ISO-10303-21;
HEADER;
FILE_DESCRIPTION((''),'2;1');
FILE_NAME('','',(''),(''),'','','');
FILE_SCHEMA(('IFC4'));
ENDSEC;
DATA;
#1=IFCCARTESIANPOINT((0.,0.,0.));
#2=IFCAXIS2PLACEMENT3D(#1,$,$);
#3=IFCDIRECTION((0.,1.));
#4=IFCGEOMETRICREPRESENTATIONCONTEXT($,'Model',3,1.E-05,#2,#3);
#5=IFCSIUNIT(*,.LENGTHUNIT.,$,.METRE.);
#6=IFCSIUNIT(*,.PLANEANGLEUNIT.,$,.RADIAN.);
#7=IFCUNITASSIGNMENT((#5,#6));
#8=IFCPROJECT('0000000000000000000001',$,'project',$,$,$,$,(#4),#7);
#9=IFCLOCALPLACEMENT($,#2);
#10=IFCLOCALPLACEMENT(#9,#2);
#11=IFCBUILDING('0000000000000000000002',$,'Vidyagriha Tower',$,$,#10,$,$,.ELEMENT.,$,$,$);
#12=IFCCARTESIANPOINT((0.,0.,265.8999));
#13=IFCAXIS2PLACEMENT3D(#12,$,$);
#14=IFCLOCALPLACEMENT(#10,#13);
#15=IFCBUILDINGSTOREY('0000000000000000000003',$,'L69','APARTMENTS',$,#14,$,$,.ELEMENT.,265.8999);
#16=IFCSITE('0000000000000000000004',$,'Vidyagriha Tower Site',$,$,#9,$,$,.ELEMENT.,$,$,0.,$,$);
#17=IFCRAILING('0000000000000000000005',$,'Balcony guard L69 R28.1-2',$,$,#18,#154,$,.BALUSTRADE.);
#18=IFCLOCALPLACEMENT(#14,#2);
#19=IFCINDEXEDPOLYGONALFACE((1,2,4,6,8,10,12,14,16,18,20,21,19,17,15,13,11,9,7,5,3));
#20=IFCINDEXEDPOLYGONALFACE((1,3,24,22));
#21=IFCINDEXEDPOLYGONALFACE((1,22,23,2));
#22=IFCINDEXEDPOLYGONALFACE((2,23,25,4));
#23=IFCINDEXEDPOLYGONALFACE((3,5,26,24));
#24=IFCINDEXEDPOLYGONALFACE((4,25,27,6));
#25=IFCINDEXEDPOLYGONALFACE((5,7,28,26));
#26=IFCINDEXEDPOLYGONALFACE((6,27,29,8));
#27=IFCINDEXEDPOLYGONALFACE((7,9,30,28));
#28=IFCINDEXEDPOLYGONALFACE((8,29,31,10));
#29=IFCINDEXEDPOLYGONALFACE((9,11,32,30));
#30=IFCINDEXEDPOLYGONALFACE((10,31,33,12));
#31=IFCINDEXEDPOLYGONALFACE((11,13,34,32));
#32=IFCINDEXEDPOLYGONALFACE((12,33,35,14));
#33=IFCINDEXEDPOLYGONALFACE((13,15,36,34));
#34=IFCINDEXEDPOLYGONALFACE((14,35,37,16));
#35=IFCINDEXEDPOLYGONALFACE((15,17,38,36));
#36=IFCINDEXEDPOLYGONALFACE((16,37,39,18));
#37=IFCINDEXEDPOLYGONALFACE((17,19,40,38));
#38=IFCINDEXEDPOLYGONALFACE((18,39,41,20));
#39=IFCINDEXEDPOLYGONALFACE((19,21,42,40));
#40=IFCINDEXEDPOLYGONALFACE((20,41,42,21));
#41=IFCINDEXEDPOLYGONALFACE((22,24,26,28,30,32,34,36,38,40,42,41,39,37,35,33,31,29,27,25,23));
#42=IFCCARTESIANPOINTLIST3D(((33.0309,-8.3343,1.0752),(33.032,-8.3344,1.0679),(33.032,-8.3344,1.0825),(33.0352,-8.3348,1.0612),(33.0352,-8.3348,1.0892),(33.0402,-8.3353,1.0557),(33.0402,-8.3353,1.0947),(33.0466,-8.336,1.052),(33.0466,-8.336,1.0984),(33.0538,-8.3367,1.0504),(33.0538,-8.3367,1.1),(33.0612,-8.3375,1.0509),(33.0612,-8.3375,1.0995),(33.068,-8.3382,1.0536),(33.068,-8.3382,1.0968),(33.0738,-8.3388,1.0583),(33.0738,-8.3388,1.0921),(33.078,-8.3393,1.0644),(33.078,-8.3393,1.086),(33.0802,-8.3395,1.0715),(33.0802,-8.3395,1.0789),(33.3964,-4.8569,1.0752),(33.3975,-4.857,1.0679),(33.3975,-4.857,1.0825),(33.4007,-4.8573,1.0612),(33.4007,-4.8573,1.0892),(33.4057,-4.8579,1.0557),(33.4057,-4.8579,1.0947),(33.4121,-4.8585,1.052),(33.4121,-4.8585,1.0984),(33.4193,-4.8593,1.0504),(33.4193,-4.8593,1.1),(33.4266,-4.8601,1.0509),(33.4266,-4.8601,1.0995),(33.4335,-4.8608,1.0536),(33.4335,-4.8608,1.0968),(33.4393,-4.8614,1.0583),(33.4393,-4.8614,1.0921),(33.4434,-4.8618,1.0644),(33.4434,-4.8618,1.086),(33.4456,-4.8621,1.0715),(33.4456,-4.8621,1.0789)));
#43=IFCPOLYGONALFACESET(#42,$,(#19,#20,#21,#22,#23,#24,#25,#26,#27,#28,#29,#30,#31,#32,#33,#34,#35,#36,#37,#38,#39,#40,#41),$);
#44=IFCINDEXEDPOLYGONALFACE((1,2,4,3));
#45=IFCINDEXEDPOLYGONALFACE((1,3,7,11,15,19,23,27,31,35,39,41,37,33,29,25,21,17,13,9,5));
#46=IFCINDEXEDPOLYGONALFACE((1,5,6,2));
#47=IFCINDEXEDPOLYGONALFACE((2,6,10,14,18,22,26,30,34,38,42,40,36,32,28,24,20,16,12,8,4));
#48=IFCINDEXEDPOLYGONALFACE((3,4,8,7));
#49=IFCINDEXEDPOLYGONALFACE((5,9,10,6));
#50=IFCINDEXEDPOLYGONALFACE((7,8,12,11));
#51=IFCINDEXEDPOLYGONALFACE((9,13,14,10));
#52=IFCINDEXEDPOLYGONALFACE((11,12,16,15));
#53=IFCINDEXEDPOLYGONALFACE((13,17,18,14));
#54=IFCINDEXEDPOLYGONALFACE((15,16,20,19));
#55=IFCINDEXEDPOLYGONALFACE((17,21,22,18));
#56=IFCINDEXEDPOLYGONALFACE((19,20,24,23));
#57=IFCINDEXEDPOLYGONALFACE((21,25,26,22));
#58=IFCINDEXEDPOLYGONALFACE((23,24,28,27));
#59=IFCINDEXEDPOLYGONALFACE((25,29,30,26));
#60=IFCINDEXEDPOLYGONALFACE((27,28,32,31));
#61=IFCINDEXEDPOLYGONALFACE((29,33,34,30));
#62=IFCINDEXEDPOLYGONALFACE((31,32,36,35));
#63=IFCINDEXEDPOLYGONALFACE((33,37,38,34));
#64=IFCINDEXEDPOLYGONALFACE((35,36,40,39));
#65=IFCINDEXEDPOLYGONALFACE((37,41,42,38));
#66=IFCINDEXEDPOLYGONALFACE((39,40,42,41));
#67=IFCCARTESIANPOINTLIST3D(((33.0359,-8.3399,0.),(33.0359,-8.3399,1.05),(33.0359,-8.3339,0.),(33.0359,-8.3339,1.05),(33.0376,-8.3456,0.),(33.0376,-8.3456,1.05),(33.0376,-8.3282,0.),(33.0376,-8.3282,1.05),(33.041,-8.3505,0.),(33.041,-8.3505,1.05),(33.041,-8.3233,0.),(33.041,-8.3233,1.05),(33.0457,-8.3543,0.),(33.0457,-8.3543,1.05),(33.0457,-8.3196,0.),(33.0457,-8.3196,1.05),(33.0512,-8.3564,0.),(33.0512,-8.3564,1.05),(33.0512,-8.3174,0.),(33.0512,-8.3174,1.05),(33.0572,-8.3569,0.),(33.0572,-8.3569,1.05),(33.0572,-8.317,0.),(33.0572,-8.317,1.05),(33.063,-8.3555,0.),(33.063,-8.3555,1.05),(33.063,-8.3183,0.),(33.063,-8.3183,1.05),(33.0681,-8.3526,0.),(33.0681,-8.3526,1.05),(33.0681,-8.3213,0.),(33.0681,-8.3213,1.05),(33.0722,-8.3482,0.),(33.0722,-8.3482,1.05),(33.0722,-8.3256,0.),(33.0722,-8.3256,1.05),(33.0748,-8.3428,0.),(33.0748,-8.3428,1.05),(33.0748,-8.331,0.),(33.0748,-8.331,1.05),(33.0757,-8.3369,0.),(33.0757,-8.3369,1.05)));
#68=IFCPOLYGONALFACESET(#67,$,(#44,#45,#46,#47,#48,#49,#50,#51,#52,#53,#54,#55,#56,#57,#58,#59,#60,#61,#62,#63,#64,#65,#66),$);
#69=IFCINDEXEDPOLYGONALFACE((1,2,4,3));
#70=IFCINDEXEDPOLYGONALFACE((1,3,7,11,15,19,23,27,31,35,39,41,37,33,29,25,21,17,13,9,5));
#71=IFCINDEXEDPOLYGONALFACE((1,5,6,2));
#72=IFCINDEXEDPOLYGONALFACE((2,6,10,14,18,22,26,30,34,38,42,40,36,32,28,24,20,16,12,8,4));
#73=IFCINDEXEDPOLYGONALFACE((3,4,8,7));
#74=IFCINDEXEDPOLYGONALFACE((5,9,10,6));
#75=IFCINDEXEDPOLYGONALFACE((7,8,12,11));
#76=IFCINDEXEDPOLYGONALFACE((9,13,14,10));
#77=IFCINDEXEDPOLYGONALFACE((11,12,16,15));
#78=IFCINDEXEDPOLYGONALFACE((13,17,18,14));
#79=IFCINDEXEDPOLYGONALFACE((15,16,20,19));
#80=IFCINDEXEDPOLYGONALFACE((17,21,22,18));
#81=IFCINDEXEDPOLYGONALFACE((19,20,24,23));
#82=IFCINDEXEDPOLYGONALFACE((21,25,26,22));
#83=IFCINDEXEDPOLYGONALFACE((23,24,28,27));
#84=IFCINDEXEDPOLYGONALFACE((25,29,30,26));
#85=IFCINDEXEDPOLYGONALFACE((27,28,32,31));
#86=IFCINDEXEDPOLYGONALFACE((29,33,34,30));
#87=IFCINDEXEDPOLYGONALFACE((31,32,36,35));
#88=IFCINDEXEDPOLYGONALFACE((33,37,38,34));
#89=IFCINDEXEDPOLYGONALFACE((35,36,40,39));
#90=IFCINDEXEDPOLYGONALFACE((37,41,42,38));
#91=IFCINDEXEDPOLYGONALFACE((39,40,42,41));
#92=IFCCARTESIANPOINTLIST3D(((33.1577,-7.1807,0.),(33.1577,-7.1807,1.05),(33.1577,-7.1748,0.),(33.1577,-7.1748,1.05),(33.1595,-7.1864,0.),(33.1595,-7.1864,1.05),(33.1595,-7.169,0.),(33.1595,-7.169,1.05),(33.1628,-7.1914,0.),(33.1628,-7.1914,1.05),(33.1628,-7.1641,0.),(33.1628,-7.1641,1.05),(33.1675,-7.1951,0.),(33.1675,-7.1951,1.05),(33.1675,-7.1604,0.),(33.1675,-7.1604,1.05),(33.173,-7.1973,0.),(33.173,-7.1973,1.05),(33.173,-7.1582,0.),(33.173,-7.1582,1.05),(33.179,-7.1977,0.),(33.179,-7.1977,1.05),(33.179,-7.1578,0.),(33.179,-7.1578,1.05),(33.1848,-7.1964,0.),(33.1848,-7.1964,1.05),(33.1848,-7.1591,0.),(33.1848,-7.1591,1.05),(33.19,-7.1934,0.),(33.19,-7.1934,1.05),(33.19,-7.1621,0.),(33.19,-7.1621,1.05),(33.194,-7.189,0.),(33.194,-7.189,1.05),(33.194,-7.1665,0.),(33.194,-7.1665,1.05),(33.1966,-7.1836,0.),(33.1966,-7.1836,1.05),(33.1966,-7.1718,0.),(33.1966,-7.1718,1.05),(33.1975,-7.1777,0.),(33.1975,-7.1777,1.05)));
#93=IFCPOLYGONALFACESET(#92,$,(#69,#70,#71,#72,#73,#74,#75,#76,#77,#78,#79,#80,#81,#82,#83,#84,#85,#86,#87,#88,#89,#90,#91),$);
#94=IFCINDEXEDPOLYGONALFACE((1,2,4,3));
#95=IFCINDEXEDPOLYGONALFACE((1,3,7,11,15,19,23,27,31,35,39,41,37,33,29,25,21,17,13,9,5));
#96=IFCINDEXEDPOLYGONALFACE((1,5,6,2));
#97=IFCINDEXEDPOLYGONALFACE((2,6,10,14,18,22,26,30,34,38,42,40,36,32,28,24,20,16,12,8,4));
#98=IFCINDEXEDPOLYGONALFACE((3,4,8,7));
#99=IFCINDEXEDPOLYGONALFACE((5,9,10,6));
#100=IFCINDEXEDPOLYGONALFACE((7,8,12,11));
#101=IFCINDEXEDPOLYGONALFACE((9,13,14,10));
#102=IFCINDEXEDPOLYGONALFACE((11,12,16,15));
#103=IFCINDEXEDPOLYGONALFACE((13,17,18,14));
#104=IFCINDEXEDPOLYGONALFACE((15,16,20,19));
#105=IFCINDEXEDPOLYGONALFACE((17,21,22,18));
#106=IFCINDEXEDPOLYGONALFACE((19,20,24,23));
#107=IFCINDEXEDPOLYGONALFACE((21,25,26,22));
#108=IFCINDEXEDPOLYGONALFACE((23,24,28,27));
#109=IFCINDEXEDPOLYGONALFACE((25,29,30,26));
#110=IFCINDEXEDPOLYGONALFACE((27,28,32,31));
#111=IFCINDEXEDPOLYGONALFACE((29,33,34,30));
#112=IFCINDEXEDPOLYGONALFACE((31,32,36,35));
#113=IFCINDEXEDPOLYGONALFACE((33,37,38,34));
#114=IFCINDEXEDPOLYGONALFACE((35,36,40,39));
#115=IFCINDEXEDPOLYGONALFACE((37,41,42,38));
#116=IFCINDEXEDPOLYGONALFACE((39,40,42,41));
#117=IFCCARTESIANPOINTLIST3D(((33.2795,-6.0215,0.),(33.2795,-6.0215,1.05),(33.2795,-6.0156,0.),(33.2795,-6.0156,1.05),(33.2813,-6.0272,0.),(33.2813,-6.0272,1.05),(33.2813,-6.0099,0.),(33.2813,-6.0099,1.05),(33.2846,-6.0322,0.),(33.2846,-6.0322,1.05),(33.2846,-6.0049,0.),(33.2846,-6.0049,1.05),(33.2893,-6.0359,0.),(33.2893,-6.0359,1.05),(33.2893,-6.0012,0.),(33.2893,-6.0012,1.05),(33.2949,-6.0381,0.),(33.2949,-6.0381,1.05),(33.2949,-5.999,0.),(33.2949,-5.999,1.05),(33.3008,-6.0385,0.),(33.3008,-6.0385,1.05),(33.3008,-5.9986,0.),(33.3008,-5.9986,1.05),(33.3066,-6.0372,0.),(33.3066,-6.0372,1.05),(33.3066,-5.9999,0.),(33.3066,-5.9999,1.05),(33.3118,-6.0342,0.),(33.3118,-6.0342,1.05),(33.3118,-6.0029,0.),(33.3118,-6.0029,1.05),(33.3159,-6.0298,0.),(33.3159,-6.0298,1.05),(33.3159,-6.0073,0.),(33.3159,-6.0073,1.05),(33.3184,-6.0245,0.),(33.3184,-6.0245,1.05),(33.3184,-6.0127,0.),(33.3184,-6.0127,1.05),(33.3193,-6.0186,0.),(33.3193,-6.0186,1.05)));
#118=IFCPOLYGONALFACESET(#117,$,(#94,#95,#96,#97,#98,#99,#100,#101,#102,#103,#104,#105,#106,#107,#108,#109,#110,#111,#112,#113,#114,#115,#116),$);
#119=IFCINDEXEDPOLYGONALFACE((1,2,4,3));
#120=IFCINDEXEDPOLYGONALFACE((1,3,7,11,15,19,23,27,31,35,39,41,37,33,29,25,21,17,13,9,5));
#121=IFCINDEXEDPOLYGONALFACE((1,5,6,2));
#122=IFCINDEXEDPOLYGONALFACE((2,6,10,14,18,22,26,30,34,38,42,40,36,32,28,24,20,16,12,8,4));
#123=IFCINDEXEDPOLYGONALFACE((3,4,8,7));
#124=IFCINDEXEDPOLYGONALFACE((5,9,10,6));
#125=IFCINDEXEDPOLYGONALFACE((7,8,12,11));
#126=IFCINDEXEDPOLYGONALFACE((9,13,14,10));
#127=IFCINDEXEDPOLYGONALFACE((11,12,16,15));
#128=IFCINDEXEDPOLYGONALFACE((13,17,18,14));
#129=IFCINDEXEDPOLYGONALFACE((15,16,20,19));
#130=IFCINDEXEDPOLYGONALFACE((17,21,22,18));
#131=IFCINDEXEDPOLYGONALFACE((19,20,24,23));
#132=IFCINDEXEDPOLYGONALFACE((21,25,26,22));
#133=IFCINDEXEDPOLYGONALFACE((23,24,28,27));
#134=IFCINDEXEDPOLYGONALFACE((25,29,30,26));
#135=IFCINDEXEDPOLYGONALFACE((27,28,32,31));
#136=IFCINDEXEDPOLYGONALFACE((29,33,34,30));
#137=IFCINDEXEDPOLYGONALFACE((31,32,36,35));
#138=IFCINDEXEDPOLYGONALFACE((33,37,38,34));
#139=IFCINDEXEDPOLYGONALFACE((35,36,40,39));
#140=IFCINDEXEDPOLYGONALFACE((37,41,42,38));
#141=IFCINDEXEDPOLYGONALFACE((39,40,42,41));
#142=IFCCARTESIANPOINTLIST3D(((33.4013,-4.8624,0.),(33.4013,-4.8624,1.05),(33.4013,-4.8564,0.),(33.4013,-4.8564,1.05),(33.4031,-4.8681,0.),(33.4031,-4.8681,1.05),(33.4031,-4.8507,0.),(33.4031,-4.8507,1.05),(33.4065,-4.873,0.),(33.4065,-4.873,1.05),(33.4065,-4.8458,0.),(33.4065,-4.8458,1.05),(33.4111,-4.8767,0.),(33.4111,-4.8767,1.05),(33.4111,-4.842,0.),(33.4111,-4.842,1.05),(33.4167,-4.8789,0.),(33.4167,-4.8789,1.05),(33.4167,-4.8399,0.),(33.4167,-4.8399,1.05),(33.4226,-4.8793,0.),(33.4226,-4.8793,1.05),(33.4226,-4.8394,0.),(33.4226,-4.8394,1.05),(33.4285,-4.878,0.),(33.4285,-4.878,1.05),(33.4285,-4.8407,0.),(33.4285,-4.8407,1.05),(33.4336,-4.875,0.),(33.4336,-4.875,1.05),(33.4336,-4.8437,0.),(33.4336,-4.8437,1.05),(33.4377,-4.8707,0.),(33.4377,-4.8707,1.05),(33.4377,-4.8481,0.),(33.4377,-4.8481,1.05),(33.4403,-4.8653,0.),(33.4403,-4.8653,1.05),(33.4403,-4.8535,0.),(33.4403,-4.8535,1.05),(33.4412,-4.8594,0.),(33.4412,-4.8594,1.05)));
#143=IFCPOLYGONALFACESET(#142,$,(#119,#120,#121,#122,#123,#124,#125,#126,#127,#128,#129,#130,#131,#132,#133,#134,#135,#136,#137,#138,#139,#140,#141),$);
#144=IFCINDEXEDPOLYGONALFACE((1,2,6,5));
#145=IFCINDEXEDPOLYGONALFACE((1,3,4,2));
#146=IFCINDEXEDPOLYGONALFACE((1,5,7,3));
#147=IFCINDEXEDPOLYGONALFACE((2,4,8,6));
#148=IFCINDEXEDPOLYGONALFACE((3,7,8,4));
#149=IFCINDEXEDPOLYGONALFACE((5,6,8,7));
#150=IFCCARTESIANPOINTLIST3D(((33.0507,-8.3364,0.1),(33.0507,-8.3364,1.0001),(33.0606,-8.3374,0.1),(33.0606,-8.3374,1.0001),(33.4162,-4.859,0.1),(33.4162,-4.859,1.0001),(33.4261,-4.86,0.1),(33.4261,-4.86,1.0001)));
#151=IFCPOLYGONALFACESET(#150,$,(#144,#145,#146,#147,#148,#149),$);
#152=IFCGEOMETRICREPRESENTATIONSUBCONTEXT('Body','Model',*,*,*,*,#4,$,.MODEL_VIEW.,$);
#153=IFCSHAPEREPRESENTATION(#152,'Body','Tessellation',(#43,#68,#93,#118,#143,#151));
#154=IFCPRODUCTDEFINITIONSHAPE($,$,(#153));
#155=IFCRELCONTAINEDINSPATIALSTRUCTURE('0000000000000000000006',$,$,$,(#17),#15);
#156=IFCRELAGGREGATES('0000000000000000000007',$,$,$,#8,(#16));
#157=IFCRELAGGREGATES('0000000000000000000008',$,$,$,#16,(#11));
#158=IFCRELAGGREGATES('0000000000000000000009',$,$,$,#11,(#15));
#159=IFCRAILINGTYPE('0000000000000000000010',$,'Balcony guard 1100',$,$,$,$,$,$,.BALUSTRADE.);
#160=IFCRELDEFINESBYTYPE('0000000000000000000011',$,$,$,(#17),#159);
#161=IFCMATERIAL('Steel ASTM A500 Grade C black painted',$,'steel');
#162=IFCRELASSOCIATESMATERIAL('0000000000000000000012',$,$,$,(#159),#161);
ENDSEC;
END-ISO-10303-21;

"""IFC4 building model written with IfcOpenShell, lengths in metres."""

from ifc_helpers import new_model, si_unit, direction, frame, origin, origin_2d, place, context, subcontext, project, spatial, rectangle, circle, extrude, material, type_object, element, save


model = new_model("IFC4")

# Units and contexts
model_context = context("Model", 3, precision=1e-05, world=origin(), true_north=direction((0.0, 1.0)))
body_context = subcontext(model_context, "Body", "Model", "MODEL_VIEW")
ifc_project = project(units=[si_unit("LENGTHUNIT", "METRE"), si_unit("PLANEANGLEUNIT", "RADIAN")], contexts=[model_context])

# Site, building, storey
site_placement = place(None, origin())
site = spatial("IfcSite", under=ifc_project, at=site_placement, Name="Vidyagriha Tower Site", CompositionType="ELEMENT", RefElevation=0.0)
building_placement = place(site_placement, origin())
building = spatial("IfcBuilding", under=site, at=building_placement, Name="Vidyagriha Tower", CompositionType="ELEMENT")
storey_placement = place(building_placement, frame((0.0, 0.0, 265.8999)))
storey = spatial("IfcBuildingStorey", under=building, at=storey_placement, Name="L69", Description="APARTMENTS", CompositionType="ELEMENT", Elevation=265.8999)

# Railing
ifc_material_1 = material(Name="Steel ASTM A500 Grade C black painted", Category="steel")
railing_type_1 = type_object("IfcRailingType", Name="Balcony guard 1100", PredefinedType="BALUSTRADE", material=ifc_material_1)
railing_1_placement = place(storey_placement, frame((33.0557, -8.3369, 0.0)))
element("IfcRailing", 1, at=railing_1_placement, inside=storey, type_object=railing_type_1, Name="Balcony guard L69 R28.1-2", PredefinedType="BALUSTRADE", context=body_context, shape_type="SweptSolid", body=[
    extrude(circle(Radius=0.0249, at=origin_2d()), frame((0.0, 0.0, 1.0752), z_axis=(0.104521, 0.994523, 0.0), x_axis=(-0.994523, 0.104521, 0.0)), (0.0, 0.0, 1.0), 3.4966),
    extrude(circle(Radius=0.02, at=origin_2d()), origin(), (0.0, 0.0, 1.0), 1.05),
    extrude(circle(Radius=0.02, at=origin_2d()), frame((0.1218, 1.1592, 0.0)), (0.0, 0.0, 1.0), 1.05),
    extrude(circle(Radius=0.02, at=origin_2d()), frame((0.2437, 2.3184, 0.0)), (0.0, 0.0, 1.0), 1.05),
    extrude(circle(Radius=0.02, at=origin_2d()), frame((0.3655, 3.4775, 0.0)), (0.0, 0.0, 1.0), 1.05),
    extrude(rectangle(XDim=0.01, YDim=0.9001, at=origin_2d()), frame((0.0, 0.0, 0.55), z_axis=(0.104521, 0.994523, 0.0), x_axis=(-0.994523, 0.104521, 0.0)), (0.0, 0.0, 1.0), 3.4966),
])

save(model, "model.ifc")
